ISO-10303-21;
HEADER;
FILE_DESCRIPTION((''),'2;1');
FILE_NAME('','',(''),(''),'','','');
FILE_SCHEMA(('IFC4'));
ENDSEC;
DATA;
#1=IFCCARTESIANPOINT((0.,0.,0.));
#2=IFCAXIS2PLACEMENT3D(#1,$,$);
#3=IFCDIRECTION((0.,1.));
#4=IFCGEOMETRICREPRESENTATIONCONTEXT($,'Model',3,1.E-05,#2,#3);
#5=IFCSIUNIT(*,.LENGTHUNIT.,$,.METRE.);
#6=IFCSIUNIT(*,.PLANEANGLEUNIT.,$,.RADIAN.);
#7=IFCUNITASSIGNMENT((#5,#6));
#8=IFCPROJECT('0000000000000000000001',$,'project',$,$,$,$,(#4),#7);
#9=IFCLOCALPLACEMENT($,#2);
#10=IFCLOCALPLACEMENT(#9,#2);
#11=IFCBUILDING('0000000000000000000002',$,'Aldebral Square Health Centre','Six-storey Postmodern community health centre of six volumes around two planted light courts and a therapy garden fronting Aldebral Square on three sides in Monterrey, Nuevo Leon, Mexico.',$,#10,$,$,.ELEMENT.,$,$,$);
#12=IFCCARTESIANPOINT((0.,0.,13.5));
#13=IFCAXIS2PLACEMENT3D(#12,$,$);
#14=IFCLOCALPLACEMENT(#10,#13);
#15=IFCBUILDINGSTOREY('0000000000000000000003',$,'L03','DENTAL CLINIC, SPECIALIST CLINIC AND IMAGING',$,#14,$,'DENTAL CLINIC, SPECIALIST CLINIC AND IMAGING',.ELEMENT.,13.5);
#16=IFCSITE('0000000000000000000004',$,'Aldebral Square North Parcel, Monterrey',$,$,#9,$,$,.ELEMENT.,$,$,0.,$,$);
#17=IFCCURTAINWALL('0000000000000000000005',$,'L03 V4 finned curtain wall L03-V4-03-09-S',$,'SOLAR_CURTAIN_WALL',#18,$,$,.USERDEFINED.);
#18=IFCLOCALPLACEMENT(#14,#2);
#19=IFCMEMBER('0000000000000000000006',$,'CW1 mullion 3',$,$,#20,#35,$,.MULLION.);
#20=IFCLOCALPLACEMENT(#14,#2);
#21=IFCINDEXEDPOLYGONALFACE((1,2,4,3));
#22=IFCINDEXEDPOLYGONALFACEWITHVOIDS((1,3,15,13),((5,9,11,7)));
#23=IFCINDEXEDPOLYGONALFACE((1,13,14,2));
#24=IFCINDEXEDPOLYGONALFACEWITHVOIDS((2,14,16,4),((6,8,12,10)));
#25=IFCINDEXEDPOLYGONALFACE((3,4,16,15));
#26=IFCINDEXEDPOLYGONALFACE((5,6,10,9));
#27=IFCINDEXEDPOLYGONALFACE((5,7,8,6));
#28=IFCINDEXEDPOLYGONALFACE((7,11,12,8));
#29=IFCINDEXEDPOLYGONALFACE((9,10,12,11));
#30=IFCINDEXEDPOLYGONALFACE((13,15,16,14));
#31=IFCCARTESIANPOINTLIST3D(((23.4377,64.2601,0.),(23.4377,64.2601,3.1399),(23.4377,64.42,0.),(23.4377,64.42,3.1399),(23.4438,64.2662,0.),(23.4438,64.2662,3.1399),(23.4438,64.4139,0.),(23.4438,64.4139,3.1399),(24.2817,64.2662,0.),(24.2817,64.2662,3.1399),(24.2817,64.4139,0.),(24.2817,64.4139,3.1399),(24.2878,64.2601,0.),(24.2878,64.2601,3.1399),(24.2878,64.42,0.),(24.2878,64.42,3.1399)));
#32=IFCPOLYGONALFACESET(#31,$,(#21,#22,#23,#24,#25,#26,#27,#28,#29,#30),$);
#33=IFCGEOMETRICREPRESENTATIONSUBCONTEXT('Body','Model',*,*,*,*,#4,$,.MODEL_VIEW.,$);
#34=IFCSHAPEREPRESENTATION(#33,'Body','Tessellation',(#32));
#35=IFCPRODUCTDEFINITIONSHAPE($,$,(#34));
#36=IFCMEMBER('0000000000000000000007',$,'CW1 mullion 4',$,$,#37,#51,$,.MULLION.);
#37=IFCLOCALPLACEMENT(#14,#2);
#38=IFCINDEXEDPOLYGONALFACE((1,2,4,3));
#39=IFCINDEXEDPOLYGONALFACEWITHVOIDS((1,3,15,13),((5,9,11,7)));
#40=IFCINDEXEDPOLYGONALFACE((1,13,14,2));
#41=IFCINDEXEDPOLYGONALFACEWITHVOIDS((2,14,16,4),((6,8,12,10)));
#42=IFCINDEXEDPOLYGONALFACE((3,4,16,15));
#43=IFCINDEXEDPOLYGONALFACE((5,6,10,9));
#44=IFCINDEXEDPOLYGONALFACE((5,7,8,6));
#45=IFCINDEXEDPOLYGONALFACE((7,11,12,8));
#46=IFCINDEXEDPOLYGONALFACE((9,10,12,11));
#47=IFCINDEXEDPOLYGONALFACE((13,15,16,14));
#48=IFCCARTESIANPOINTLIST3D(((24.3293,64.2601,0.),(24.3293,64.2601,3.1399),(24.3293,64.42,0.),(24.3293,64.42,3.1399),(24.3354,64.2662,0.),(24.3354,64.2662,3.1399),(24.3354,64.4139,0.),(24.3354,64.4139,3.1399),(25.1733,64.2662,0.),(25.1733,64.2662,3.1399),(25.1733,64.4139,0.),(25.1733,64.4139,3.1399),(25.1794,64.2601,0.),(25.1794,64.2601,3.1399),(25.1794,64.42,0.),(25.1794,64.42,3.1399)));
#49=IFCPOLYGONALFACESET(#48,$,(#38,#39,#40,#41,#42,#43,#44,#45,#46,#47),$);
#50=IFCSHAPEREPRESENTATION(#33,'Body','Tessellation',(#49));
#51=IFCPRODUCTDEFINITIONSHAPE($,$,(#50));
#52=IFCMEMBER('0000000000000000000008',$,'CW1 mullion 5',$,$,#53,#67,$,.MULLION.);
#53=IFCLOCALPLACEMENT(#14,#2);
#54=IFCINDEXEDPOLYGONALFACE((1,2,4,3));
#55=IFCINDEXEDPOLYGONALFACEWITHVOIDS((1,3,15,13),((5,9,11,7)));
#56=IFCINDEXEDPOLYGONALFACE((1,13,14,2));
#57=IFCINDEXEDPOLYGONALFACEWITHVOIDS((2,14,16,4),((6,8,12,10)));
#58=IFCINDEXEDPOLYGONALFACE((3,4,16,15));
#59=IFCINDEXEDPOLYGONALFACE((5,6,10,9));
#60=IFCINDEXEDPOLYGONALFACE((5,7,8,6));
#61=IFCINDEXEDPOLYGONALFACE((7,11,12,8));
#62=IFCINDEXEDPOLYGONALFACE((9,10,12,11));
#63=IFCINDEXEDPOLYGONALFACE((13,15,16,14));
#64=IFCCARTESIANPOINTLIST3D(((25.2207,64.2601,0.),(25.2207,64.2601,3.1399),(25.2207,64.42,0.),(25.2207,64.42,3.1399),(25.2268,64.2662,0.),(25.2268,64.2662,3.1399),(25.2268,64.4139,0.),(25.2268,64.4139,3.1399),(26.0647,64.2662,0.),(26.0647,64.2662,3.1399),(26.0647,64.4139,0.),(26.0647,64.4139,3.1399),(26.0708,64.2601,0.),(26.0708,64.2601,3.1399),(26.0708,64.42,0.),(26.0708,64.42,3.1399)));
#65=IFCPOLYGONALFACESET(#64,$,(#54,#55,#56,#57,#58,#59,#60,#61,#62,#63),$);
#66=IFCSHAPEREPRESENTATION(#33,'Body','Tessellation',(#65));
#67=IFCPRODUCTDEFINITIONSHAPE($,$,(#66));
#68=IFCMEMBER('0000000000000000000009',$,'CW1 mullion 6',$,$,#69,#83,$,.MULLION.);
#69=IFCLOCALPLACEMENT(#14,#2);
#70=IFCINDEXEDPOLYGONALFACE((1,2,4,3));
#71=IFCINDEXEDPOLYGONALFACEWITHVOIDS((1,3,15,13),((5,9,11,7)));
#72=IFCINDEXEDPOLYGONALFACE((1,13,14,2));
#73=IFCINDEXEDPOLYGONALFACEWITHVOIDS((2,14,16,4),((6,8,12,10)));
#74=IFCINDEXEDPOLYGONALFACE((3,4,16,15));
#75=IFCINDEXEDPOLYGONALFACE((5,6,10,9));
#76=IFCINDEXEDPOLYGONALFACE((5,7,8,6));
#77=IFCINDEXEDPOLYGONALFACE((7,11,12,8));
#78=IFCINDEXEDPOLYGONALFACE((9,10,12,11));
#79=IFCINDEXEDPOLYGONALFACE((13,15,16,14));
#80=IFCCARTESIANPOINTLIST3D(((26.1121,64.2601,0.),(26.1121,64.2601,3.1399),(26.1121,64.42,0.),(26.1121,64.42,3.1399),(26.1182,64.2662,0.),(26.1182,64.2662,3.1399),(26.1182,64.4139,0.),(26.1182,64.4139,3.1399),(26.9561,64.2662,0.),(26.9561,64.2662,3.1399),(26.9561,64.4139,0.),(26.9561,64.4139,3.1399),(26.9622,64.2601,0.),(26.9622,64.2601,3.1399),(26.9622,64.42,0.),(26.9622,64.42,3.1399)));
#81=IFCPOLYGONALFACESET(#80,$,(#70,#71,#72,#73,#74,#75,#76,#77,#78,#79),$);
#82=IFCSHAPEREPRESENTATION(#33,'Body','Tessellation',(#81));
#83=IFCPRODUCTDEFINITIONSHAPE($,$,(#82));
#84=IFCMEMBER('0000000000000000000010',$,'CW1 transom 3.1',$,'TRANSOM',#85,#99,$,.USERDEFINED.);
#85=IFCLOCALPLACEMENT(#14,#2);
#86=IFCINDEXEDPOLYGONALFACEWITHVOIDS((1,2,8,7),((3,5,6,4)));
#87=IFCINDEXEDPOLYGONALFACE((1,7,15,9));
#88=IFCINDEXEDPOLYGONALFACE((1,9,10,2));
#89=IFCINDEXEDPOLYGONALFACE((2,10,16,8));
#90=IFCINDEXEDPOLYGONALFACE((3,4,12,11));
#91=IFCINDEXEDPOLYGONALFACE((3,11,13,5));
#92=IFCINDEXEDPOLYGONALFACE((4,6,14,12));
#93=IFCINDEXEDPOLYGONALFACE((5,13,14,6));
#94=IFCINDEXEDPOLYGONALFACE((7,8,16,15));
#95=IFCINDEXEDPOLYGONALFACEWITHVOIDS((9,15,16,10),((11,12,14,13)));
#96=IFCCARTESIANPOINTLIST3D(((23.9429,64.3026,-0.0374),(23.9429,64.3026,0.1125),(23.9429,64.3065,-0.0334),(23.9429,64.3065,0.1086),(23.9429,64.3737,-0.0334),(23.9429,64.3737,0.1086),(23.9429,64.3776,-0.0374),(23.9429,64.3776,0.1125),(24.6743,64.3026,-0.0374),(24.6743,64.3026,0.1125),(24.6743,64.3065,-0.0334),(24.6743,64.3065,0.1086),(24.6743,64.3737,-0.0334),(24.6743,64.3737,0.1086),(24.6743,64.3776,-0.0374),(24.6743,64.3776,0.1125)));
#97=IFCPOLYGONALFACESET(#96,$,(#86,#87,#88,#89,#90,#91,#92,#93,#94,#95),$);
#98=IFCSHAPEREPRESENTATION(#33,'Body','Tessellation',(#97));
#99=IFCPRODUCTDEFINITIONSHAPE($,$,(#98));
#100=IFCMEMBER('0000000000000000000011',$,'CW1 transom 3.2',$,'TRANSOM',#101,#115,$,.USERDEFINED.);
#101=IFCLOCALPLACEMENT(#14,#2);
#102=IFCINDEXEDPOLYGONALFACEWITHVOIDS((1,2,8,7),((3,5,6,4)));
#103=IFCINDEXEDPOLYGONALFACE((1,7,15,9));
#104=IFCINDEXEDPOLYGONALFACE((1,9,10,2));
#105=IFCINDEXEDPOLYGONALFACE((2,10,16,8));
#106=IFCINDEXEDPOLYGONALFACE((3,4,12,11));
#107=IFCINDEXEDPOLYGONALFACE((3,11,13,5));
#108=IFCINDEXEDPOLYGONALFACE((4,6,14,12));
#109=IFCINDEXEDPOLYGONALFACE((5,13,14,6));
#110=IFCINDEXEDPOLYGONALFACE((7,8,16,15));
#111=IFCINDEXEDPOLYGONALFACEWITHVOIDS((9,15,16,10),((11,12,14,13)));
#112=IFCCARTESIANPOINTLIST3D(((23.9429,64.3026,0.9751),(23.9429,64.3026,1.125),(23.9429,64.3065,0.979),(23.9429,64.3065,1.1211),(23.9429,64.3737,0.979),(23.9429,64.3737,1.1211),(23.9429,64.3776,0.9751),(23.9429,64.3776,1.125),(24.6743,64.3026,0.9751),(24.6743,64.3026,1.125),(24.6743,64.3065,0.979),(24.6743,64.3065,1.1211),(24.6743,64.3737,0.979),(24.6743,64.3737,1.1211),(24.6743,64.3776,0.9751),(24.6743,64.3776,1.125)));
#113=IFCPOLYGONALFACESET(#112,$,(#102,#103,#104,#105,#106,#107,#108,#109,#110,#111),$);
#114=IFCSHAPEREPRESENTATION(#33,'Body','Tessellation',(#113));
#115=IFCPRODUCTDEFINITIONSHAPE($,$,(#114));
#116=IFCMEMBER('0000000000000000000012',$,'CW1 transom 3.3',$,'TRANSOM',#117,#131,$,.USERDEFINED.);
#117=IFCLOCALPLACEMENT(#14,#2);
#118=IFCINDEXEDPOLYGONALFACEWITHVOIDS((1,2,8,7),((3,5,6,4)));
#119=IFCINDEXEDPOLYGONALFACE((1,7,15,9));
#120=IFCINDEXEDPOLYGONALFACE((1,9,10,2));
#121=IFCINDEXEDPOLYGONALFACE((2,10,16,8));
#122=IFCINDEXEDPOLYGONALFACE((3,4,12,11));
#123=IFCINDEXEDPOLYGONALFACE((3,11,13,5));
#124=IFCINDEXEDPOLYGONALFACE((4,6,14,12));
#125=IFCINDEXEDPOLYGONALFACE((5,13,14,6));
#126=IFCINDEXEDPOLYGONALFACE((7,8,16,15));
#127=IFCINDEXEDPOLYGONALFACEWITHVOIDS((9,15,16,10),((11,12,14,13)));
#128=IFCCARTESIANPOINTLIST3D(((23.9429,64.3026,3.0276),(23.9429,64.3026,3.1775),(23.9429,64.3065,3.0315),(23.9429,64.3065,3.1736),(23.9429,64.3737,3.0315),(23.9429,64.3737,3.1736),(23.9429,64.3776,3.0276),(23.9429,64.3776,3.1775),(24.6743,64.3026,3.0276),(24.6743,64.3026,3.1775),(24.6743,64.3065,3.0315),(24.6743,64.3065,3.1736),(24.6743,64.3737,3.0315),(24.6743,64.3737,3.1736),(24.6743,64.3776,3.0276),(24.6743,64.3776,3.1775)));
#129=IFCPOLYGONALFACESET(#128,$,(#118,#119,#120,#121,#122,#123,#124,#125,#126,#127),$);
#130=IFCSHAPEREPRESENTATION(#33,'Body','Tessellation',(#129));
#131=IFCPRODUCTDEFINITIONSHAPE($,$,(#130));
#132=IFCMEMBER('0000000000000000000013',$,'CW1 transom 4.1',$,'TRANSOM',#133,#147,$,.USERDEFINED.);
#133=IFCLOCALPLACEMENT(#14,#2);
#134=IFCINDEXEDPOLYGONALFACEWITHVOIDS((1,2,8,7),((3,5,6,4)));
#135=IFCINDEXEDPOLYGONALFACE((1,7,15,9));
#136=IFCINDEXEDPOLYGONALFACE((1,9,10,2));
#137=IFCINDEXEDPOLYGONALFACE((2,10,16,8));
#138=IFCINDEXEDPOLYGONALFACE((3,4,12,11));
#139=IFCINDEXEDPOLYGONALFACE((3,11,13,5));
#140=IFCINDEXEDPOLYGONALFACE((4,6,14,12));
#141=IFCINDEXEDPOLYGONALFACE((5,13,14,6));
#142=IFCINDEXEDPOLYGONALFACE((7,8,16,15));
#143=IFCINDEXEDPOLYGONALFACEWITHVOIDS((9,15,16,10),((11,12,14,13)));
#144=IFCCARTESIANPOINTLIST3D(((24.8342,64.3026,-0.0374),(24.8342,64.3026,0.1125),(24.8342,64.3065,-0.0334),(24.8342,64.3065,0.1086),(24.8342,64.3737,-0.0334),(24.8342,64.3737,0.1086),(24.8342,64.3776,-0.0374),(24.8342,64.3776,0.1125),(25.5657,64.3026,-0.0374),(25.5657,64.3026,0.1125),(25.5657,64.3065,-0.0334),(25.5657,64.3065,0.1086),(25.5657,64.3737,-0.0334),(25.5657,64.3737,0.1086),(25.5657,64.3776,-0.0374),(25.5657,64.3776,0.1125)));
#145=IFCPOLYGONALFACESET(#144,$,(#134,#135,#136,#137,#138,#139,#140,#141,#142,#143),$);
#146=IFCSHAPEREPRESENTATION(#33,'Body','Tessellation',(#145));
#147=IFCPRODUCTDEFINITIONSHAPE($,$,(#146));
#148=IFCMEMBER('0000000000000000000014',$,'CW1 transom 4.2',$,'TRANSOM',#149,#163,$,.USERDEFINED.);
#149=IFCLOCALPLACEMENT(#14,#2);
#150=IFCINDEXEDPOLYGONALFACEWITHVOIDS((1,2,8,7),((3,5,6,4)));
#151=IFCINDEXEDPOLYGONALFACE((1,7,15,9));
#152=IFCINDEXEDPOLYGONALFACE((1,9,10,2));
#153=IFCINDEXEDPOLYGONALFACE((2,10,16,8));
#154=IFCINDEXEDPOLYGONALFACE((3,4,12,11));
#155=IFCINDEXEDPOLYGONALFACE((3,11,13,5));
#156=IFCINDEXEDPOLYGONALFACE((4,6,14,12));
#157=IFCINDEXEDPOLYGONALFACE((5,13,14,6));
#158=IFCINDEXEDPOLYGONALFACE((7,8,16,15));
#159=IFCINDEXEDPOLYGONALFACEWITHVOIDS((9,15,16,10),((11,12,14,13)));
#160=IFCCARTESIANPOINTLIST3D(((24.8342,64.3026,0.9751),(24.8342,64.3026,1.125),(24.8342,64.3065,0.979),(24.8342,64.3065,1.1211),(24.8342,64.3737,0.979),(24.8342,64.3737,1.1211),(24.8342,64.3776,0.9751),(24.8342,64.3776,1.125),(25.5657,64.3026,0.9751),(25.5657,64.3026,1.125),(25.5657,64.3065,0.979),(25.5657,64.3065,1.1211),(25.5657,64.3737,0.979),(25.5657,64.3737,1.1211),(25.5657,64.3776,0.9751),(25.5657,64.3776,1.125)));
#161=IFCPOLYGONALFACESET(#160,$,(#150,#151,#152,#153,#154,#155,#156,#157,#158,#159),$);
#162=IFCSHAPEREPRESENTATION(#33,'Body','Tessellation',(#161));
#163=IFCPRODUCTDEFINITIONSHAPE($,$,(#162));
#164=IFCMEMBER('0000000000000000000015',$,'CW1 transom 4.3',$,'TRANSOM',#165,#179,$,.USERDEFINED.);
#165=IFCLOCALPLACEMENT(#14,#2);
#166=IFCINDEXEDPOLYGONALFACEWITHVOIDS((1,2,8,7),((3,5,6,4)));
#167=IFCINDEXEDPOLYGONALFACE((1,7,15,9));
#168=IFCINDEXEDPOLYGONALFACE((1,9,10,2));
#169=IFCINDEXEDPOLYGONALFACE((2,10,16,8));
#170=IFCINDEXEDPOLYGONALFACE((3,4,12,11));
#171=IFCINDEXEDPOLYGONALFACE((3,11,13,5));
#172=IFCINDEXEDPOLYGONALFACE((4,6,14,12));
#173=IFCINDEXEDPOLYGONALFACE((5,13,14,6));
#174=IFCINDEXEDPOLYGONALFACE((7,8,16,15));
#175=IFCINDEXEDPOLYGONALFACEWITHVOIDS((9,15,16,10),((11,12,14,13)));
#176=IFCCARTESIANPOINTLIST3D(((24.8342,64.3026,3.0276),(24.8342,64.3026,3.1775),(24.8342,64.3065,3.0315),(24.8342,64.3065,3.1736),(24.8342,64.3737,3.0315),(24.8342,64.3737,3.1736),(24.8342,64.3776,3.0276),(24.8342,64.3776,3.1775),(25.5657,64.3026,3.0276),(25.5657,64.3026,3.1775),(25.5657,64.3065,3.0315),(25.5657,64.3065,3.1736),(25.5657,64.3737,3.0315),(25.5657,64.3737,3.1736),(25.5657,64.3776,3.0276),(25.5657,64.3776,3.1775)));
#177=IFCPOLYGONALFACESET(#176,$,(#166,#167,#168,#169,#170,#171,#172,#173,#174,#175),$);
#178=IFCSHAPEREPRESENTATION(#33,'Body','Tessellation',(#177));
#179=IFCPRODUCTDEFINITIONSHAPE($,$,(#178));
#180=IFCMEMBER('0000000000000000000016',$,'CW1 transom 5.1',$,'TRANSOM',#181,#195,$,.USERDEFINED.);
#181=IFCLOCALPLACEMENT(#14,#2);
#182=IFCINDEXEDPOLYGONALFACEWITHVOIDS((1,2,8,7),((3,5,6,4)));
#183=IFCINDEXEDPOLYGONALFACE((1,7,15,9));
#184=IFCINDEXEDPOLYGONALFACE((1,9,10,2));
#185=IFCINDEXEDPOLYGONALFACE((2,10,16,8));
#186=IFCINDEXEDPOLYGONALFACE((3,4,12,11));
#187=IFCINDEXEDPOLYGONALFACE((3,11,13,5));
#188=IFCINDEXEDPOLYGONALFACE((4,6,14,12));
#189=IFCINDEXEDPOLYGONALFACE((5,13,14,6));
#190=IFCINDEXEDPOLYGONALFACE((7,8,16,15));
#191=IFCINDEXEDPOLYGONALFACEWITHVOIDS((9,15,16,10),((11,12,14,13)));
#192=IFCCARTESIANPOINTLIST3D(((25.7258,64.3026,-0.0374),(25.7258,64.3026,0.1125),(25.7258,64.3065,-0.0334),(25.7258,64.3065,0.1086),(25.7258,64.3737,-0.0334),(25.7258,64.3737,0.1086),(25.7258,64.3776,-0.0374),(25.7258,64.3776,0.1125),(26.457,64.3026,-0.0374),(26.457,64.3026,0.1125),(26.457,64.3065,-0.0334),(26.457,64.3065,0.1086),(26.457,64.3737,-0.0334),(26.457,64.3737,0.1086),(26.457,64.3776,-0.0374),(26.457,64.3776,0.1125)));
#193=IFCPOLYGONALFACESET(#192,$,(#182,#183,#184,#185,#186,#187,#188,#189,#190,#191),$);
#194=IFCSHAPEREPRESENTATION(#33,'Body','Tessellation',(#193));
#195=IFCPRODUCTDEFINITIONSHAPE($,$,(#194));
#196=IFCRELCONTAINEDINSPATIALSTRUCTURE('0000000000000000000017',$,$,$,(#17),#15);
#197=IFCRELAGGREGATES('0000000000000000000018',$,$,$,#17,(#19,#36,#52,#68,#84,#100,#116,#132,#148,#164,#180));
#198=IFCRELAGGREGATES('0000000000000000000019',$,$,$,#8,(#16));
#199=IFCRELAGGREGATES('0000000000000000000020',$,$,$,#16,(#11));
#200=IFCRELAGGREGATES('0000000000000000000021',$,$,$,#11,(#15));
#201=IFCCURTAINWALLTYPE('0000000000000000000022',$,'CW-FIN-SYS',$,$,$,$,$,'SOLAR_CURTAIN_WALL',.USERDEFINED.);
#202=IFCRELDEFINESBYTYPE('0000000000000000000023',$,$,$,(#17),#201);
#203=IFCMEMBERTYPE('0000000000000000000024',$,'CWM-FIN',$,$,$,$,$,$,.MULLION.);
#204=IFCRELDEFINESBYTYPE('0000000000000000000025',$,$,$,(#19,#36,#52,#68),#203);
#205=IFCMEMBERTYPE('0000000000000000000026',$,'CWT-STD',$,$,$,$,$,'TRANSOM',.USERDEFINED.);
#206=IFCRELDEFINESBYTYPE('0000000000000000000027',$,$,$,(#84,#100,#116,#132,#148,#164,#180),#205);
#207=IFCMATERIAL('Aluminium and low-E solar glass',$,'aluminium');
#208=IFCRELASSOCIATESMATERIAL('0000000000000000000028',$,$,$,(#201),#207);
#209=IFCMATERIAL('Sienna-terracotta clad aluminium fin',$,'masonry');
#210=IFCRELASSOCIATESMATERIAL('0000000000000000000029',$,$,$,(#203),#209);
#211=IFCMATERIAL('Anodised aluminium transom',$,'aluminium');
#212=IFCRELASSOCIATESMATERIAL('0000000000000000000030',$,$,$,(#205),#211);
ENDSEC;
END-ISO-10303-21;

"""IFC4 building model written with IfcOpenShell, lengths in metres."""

from ifc_helpers import new_model, si_unit, direction, frame, origin, origin_2d, place, context, subcontext, project, spatial, hollow_rectangle, extrude, material, material_profile, profile_set, type_object, element, aggregate, save


model = new_model("IFC4")

# Units and contexts
model_context = context("Model", 3, precision=1e-05, world=origin(), true_north=direction((0.0, 1.0)))
body_context = subcontext(model_context, "Body", "Model", "MODEL_VIEW")
ifc_project = project(units=[si_unit("LENGTHUNIT", "METRE"), si_unit("PLANEANGLEUNIT", "RADIAN")], contexts=[model_context])

# Site, building, storey
site_placement = place(None, origin())
site = spatial("IfcSite", under=ifc_project, at=site_placement, Name="Aldebral Square North Parcel, Monterrey", CompositionType="ELEMENT", RefElevation=0.0)
building_placement = place(site_placement, origin())
building = spatial("IfcBuilding", under=site, at=building_placement, Name="Aldebral Square Health Centre", Description="Six-storey Postmodern community health centre of six volumes around two planted light courts and a therapy garden fronting Aldebral Square on three sides in Monterrey, Nuevo Leon, Mexico.", CompositionType="ELEMENT")
storey_placement = place(building_placement, frame((0.0, 0.0, 13.5)))
storey = spatial("IfcBuildingStorey", under=building, at=storey_placement, Name="L03", Description="DENTAL CLINIC, SPECIALIST CLINIC AND IMAGING", LongName="DENTAL CLINIC, SPECIALIST CLINIC AND IMAGING", CompositionType="ELEMENT", Elevation=13.5)

# Curtain wall, members
ifc_material_1 = material(Name="Aluminium and low-E solar glass", Category="aluminium")
curtain_wall_type = type_object("IfcCurtainWallType", Name="CW-FIN-SYS", ElementType="SOLAR_CURTAIN_WALL", PredefinedType="USERDEFINED", material=ifc_material_1)
curtain_wall_placement = place(storey_placement, origin())
curtain_wall = element("IfcCurtainWall", 1, at=curtain_wall_placement, inside=storey, type_object=curtain_wall_type, Name="L03 V4 finned curtain wall L03-V4-03-09-S", ObjectType="SOLAR_CURTAIN_WALL", PredefinedType="USERDEFINED")
ifc_material_2 = material(Name="Sienna-terracotta clad aluminium fin", Category="masonry")
ifc_material_profile_1 = material_profile(ifc_material_2, hollow_rectangle(XDim=0.1599, YDim=0.8501, WallThickness=0.0061, at=origin_2d()), Name="FIN 160x850x6")
ifc_profile_set_1 = profile_set([ifc_material_profile_1], Name="Sienna-terracotta clad aluminium fin")
member_type_1 = type_object("IfcMemberType", Name="CWM-FIN", PredefinedType="MULLION", material=ifc_profile_set_1)
member_1_placement = place(storey_placement, frame((23.8628, 64.3401, 0.0), z_axis=(0.0, 0.0, 1.0), x_axis=(0.0, 1.0, 0.0)))
member_1 = element("IfcMember", 2, at=member_1_placement, type_object=member_type_1, Name="CW1 mullion 3", PredefinedType="MULLION", context=body_context, shape_type="SweptSolid", body=[
    extrude(hollow_rectangle(XDim=0.1599, YDim=0.8501, WallThickness=0.0061, at=origin_2d()), origin(), (0.0, 0.0, 1.0), 3.1399),
])
member_2_placement = place(storey_placement, frame((24.7544, 64.3401, 0.0), z_axis=(0.0, 0.0, 1.0), x_axis=(0.0, 1.0, 0.0)))
member_2 = element("IfcMember", 3, at=member_2_placement, type_object=member_type_1, Name="CW1 mullion 4", PredefinedType="MULLION", context=body_context, shape_type="SweptSolid", body=[
    extrude(hollow_rectangle(XDim=0.1599, YDim=0.8501, WallThickness=0.0061, at=origin_2d()), origin(), (0.0, 0.0, 1.0), 3.1399),
])
member_3_placement = place(storey_placement, frame((25.6458, 64.3401, 0.0), z_axis=(0.0, 0.0, 1.0), x_axis=(0.0, 1.0, 0.0)))
member_3 = element("IfcMember", 4, at=member_3_placement, type_object=member_type_1, Name="CW1 mullion 5", PredefinedType="MULLION", context=body_context, shape_type="SweptSolid", body=[
    extrude(hollow_rectangle(XDim=0.1599, YDim=0.8501, WallThickness=0.0061, at=origin_2d()), origin(), (0.0, 0.0, 1.0), 3.1399),
])
member_4_placement = place(storey_placement, frame((26.5371, 64.3401, 0.0), z_axis=(0.0, 0.0, 1.0), x_axis=(0.0, 1.0, 0.0)))
member_4 = element("IfcMember", 5, at=member_4_placement, type_object=member_type_1, Name="CW1 mullion 6", PredefinedType="MULLION", context=body_context, shape_type="SweptSolid", body=[
    extrude(hollow_rectangle(XDim=0.1599, YDim=0.8501, WallThickness=0.0061, at=origin_2d()), origin(), (0.0, 0.0, 1.0), 3.1399),
])
ifc_material_3 = material(Name="Anodised aluminium transom", Category="aluminium")
ifc_material_profile_2 = material_profile(ifc_material_3, hollow_rectangle(XDim=0.075, YDim=0.1499, WallThickness=0.0039, at=origin_2d()), Name="CWT 75x150x4")
ifc_profile_set_2 = profile_set([ifc_material_profile_2], Name="Anodised aluminium transom")
member_type_2 = type_object("IfcMemberType", Name="CWT-STD", ElementType="TRANSOM", PredefinedType="USERDEFINED", material=ifc_profile_set_2)
member_5_placement = place(storey_placement, frame((23.9429, 64.3401, 0.0376), z_axis=(1.0, 0.0, 0.0), x_axis=(0.0, 1.0, 0.0)))
member_5 = element("IfcMember", 6, at=member_5_placement, type_object=member_type_2, Name="CW1 transom 3.1", ObjectType="TRANSOM", PredefinedType="USERDEFINED", context=body_context, shape_type="SweptSolid", body=[
    extrude(hollow_rectangle(XDim=0.075, YDim=0.1499, WallThickness=0.0039, at=origin_2d()), origin(), (0.0, 0.0, 1.0), 0.7314),
])
member_6_placement = place(storey_placement, frame((23.9429, 64.3401, 1.05), z_axis=(1.0, 0.0, 0.0), x_axis=(0.0, 1.0, 0.0)))
member_6 = element("IfcMember", 7, at=member_6_placement, type_object=member_type_2, Name="CW1 transom 3.2", ObjectType="TRANSOM", PredefinedType="USERDEFINED", context=body_context, shape_type="SweptSolid", body=[
    extrude(hollow_rectangle(XDim=0.075, YDim=0.1499, WallThickness=0.0039, at=origin_2d()), origin(), (0.0, 0.0, 1.0), 0.7314),
])
member_7_placement = place(storey_placement, frame((23.9429, 64.3401, 3.1025), z_axis=(1.0, 0.0, 0.0), x_axis=(0.0, 1.0, 0.0)))
member_7 = element("IfcMember", 8, at=member_7_placement, type_object=member_type_2, Name="CW1 transom 3.3", ObjectType="TRANSOM", PredefinedType="USERDEFINED", context=body_context, shape_type="SweptSolid", body=[
    extrude(hollow_rectangle(XDim=0.075, YDim=0.1499, WallThickness=0.0039, at=origin_2d()), origin(), (0.0, 0.0, 1.0), 0.7314),
])
member_8_placement = place(storey_placement, frame((24.8342, 64.3401, 0.0376), z_axis=(1.0, 0.0, 0.0), x_axis=(0.0, 1.0, 0.0)))
member_8 = element("IfcMember", 9, at=member_8_placement, type_object=member_type_2, Name="CW1 transom 4.1", ObjectType="TRANSOM", PredefinedType="USERDEFINED", context=body_context, shape_type="SweptSolid", body=[
    extrude(hollow_rectangle(XDim=0.075, YDim=0.1499, WallThickness=0.0039, at=origin_2d()), origin(), (0.0, 0.0, 1.0), 0.7314),
])
member_9_placement = place(storey_placement, frame((24.8342, 64.3401, 1.05), z_axis=(1.0, 0.0, 0.0), x_axis=(0.0, 1.0, 0.0)))
member_9 = element("IfcMember", 10, at=member_9_placement, type_object=member_type_2, Name="CW1 transom 4.2", ObjectType="TRANSOM", PredefinedType="USERDEFINED", context=body_context, shape_type="SweptSolid", body=[
    extrude(hollow_rectangle(XDim=0.075, YDim=0.1499, WallThickness=0.0039, at=origin_2d()), origin(), (0.0, 0.0, 1.0), 0.7314),
])
member_10_placement = place(storey_placement, frame((24.8342, 64.3401, 3.1025), z_axis=(1.0, 0.0, 0.0), x_axis=(0.0, 1.0, 0.0)))
member_10 = element("IfcMember", 11, at=member_10_placement, type_object=member_type_2, Name="CW1 transom 4.3", ObjectType="TRANSOM", PredefinedType="USERDEFINED", context=body_context, shape_type="SweptSolid", body=[
    extrude(hollow_rectangle(XDim=0.075, YDim=0.1499, WallThickness=0.0039, at=origin_2d()), origin(), (0.0, 0.0, 1.0), 0.7314),
])
member_11_placement = place(storey_placement, frame((25.7258, 64.3401, 0.0376), z_axis=(1.0, 0.0, 0.0), x_axis=(0.0, 1.0, 0.0)))
member_11 = element("IfcMember", 12, at=member_11_placement, type_object=member_type_2, Name="CW1 transom 5.1", ObjectType="TRANSOM", PredefinedType="USERDEFINED", context=body_context, shape_type="SweptSolid", body=[
    extrude(hollow_rectangle(XDim=0.075, YDim=0.1499, WallThickness=0.0039, at=origin_2d()), origin(), (0.0, 0.0, 1.0), 0.7312),
])
aggregate(curtain_wall, [member_1, member_2, member_3, member_4, member_5, member_6, member_7, member_8, member_9, member_10, member_11])

save(model, "model.ifc")
